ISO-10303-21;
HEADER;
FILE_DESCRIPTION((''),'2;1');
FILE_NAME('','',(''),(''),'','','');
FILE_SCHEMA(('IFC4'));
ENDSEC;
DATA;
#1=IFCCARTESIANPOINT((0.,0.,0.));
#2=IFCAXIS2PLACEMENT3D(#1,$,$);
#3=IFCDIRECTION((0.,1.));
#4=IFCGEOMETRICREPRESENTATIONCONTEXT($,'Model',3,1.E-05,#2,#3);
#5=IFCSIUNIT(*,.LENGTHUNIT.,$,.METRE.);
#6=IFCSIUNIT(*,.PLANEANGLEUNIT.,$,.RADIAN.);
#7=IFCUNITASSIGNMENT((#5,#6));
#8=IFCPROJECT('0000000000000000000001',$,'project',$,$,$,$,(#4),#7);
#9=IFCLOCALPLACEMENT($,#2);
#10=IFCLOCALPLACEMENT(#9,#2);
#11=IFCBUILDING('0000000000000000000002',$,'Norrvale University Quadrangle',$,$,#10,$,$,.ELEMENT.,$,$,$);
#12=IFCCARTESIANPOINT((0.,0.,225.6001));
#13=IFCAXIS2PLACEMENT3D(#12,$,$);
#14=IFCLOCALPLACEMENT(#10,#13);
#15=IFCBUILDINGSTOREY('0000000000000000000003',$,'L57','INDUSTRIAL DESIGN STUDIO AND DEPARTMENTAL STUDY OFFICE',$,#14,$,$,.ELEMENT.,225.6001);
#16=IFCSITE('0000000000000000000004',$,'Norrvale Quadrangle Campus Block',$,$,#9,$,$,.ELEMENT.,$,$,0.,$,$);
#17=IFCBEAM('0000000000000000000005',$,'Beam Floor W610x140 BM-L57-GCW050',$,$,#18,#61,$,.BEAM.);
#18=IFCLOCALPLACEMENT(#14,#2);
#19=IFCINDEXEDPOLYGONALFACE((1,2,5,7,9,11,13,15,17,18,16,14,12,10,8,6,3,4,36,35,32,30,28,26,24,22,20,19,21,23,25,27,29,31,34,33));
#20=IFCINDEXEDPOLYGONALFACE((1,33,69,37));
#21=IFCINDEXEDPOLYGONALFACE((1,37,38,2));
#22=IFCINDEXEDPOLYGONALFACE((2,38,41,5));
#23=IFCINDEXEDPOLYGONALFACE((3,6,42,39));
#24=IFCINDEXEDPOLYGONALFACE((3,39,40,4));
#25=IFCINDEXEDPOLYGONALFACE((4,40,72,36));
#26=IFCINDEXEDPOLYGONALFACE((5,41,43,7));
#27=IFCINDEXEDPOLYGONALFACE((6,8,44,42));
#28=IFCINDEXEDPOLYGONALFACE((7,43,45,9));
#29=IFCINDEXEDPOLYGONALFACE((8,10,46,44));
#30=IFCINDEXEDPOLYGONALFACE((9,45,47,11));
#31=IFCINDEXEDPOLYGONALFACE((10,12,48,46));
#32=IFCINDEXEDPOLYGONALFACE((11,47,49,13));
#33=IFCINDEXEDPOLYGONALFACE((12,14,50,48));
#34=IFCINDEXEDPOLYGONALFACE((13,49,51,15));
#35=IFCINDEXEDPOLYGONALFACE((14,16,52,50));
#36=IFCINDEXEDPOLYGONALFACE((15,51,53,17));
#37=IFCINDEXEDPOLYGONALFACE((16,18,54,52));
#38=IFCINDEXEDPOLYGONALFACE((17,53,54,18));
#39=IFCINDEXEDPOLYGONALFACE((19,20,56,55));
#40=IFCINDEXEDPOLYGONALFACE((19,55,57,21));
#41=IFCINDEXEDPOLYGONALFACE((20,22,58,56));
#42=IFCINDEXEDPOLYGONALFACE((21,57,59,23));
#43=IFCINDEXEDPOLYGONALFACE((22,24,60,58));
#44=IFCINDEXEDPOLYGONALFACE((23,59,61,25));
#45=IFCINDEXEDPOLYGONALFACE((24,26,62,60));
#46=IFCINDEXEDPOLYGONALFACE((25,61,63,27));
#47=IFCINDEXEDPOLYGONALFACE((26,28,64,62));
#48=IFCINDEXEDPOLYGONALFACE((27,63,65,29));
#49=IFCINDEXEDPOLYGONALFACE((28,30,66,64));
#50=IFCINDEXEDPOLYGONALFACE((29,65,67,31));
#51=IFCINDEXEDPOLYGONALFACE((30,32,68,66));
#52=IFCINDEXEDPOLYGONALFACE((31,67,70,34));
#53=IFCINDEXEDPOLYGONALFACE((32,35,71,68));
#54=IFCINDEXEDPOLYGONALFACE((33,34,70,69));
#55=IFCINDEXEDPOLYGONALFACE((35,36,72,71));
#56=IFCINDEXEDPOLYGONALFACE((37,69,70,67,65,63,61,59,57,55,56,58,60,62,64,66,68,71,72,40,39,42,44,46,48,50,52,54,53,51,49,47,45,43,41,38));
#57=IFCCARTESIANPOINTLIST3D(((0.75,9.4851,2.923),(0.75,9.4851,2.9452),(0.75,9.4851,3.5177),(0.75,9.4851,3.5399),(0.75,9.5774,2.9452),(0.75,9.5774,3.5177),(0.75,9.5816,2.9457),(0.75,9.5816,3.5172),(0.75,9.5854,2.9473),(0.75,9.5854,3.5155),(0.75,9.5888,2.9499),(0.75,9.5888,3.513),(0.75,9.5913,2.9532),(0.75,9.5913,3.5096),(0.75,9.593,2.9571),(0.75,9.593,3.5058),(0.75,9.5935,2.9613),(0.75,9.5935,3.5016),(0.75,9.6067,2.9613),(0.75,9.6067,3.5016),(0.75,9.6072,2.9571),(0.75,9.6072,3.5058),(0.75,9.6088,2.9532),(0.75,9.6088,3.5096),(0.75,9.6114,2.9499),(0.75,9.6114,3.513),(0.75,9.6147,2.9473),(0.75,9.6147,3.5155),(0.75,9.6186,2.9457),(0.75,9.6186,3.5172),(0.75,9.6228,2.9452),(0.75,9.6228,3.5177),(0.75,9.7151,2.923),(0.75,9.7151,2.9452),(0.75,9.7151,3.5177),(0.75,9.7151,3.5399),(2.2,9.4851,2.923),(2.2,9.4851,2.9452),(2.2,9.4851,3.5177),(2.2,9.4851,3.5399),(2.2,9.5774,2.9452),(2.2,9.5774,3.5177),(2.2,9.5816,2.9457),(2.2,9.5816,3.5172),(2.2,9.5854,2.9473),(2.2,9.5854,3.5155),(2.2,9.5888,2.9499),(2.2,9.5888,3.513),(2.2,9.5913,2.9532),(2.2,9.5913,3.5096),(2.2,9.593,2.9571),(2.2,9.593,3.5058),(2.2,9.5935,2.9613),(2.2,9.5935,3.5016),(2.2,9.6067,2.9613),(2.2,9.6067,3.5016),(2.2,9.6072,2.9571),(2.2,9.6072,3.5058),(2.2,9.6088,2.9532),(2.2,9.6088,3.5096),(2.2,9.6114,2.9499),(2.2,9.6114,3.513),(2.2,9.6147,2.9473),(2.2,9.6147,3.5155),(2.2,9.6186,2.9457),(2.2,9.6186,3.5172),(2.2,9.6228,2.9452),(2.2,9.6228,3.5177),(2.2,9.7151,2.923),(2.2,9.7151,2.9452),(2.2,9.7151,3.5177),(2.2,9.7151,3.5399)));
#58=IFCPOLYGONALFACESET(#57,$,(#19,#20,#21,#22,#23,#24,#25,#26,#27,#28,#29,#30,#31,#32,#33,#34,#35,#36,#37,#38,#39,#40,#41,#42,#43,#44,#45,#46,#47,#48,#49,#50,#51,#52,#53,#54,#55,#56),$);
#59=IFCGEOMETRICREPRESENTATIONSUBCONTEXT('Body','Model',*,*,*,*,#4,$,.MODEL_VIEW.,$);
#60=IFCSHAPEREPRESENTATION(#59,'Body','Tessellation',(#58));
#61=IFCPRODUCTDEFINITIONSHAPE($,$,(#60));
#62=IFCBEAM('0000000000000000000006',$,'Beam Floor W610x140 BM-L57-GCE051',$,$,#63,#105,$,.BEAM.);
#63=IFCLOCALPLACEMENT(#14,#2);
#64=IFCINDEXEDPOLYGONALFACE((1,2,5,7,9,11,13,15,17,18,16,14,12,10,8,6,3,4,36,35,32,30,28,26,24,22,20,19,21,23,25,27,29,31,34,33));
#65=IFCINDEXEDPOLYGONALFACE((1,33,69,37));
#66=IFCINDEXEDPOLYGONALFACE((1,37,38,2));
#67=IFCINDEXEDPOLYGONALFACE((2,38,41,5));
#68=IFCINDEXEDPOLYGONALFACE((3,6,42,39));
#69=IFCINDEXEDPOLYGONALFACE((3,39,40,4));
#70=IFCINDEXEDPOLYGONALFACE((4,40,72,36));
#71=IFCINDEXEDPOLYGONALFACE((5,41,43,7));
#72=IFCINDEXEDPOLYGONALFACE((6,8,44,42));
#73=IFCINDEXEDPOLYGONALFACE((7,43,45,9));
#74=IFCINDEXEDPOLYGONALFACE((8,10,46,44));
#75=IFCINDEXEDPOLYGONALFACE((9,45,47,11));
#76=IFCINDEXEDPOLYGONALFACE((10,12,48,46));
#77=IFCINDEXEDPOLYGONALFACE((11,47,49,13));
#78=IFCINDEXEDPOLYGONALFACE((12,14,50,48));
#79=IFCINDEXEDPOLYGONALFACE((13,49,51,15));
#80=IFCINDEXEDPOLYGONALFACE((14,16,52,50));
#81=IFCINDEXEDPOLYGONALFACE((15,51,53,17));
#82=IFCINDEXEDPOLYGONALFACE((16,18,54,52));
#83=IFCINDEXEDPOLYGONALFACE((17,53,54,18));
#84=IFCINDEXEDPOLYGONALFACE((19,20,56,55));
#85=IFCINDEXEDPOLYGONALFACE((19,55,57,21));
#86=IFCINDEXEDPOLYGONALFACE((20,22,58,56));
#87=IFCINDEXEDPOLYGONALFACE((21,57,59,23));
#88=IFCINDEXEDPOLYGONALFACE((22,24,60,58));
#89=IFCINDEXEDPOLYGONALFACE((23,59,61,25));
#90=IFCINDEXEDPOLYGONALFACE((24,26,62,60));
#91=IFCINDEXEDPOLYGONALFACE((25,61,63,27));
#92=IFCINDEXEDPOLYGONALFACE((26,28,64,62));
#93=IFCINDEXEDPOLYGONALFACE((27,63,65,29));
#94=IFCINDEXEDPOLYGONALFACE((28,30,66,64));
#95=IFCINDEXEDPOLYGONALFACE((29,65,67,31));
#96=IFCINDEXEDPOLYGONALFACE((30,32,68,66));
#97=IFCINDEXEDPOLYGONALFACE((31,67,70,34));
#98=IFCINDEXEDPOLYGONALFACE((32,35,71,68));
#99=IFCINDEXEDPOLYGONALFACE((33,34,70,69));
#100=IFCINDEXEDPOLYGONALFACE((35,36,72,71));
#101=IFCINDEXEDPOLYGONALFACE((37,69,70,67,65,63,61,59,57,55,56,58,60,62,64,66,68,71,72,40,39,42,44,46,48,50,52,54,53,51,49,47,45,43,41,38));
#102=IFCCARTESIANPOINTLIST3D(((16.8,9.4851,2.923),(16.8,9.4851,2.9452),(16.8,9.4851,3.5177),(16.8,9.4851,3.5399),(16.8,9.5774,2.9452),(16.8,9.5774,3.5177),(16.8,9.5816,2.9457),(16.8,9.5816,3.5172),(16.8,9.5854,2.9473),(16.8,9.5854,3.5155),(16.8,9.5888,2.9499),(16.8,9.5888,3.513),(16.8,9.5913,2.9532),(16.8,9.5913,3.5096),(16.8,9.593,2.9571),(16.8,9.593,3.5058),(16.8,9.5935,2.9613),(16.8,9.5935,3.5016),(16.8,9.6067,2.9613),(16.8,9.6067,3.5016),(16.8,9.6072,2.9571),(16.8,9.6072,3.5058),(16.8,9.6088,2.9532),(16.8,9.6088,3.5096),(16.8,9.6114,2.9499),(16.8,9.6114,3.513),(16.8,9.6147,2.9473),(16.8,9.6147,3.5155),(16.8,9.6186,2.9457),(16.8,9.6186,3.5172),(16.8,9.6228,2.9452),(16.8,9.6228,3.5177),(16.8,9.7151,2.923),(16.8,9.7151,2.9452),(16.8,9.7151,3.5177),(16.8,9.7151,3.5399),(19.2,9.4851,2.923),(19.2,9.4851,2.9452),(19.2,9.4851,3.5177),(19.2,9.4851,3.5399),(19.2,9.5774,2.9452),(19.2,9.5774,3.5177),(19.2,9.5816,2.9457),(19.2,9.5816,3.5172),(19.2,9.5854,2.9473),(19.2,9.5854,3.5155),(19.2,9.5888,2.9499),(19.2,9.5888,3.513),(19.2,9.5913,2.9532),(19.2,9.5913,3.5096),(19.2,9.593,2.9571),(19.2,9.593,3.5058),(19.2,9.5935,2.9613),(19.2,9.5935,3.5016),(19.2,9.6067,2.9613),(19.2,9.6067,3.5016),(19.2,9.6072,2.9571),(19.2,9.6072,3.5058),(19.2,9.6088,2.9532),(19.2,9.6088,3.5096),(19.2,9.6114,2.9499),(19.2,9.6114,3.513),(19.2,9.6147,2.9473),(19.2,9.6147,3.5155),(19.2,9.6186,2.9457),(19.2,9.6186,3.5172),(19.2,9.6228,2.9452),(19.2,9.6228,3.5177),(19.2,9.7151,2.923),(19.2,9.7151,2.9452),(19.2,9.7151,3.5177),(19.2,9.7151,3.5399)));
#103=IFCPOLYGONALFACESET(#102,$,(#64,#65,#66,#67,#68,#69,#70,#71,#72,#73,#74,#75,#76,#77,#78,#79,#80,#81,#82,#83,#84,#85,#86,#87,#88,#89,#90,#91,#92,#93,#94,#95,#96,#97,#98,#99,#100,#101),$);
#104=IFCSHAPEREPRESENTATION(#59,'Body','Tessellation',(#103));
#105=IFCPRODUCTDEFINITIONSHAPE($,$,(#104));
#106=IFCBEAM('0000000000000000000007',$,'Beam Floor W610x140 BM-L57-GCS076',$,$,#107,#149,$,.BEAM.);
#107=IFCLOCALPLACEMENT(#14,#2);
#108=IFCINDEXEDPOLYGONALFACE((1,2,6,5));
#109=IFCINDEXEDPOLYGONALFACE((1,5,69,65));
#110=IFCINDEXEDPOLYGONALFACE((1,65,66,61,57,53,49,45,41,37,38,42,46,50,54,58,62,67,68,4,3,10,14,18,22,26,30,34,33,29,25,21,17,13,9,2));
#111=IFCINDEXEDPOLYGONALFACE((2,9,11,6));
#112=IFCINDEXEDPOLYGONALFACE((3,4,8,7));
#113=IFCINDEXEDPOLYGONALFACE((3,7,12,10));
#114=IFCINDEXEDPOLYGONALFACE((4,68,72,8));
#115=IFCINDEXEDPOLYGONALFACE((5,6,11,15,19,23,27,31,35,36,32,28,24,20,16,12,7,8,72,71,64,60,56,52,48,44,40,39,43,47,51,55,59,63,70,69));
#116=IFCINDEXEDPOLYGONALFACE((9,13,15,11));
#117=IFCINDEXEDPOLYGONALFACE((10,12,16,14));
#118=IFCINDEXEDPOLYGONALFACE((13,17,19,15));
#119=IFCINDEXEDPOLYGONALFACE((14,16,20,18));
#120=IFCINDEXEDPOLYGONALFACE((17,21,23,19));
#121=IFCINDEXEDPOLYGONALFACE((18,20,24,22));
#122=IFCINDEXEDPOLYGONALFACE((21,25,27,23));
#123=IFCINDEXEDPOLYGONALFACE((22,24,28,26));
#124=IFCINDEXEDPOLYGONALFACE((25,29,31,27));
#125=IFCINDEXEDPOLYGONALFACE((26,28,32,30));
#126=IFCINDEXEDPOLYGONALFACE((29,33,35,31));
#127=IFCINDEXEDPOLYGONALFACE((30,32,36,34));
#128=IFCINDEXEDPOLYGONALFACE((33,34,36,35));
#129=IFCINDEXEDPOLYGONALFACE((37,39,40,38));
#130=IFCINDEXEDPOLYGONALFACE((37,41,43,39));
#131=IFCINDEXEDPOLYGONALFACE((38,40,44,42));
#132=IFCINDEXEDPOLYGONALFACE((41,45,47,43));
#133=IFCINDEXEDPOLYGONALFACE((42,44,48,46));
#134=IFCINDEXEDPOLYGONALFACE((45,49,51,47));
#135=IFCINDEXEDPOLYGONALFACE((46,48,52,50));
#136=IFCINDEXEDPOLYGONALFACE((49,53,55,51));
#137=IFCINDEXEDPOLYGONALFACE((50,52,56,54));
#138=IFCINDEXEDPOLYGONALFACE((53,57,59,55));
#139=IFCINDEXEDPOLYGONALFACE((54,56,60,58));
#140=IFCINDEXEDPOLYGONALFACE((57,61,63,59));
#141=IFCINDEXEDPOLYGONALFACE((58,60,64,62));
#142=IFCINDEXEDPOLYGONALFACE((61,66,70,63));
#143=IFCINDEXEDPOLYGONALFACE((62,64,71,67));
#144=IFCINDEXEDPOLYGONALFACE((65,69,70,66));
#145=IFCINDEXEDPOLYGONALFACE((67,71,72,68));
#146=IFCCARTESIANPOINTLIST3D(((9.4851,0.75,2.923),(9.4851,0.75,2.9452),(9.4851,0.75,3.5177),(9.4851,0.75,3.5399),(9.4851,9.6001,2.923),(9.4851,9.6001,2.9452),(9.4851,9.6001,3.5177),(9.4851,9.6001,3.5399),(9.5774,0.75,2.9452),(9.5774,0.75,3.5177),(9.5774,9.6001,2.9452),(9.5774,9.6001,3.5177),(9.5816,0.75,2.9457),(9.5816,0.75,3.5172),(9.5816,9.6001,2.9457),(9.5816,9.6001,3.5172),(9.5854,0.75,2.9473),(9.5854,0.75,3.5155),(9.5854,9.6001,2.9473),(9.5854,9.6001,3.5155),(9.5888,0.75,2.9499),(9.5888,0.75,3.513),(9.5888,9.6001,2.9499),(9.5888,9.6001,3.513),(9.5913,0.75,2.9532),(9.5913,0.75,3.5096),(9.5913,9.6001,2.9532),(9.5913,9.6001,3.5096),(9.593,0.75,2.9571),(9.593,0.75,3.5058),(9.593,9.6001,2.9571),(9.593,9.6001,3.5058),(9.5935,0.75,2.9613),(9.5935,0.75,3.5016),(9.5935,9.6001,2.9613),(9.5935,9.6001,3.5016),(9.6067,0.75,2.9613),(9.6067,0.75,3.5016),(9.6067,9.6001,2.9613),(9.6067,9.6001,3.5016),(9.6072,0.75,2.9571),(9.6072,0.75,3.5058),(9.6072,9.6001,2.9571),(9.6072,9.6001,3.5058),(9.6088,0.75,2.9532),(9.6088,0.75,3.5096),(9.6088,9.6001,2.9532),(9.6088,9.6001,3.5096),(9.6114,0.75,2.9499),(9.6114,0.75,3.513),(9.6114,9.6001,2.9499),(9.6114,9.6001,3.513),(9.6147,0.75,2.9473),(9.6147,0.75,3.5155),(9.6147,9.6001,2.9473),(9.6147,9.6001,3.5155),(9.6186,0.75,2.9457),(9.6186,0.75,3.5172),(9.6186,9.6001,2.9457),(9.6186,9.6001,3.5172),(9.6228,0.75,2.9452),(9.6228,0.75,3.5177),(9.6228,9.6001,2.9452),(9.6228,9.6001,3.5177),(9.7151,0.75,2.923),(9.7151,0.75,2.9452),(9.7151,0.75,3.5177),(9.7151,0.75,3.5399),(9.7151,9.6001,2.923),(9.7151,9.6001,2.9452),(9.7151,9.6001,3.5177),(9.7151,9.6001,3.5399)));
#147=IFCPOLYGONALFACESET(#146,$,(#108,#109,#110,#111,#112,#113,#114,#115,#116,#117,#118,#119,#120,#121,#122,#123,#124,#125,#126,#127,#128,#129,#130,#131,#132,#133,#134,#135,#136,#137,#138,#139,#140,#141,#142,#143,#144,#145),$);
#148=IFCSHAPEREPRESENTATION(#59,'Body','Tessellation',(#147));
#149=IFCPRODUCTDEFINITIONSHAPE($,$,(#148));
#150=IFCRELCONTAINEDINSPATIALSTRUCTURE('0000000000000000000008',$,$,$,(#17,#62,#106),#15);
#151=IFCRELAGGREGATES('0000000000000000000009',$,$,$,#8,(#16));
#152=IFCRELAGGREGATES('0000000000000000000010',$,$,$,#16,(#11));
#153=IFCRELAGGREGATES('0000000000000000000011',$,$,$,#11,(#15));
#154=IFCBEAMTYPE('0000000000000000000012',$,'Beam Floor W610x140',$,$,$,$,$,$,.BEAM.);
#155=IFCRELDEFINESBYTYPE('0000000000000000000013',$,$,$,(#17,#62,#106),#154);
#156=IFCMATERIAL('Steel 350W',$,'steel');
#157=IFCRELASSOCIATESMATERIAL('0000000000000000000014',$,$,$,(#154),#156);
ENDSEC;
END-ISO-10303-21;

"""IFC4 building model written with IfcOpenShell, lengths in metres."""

from ifc_helpers import new_model, si_unit, direction, frame, origin, origin_2d, place, context, subcontext, project, spatial, i_section, extrude, material, material_profile, profile_set, type_object, element, save


model = new_model("IFC4")

# Units and contexts
model_context = context("Model", 3, precision=1e-05, world=origin(), true_north=direction((0.0, 1.0)))
body_context = subcontext(model_context, "Body", "Model", "MODEL_VIEW")
ifc_project = project(units=[si_unit("LENGTHUNIT", "METRE"), si_unit("PLANEANGLEUNIT", "RADIAN")], contexts=[model_context])

# Site, building, storey
site_placement = place(None, origin())
site = spatial("IfcSite", under=ifc_project, at=site_placement, Name="Norrvale Quadrangle Campus Block", CompositionType="ELEMENT", RefElevation=0.0)
building_placement = place(site_placement, origin())
building = spatial("IfcBuilding", under=site, at=building_placement, Name="Norrvale University Quadrangle", CompositionType="ELEMENT")
storey_placement = place(building_placement, frame((0.0, 0.0, 225.6001)))
storey = spatial("IfcBuildingStorey", under=building, at=storey_placement, Name="L57", Description="INDUSTRIAL DESIGN STUDIO AND DEPARTMENTAL STUDY OFFICE", CompositionType="ELEMENT", Elevation=225.6001)

# Beams
ifc_material_1 = material(Name="Steel 350W", Category="steel")
ifc_material_profile_1 = material_profile(ifc_material_1, i_section(OverallWidth=0.23, OverallDepth=0.6169, WebThickness=0.0132, FlangeThickness=0.0222, FilletRadius=0.0161, at=origin_2d()), Name="Steel 350W")
ifc_profile_set_1 = profile_set([ifc_material_profile_1], Name="Steel 350W")
beam_type_1 = type_object("IfcBeamType", Name="Beam Floor W610x140", PredefinedType="BEAM", material=ifc_profile_set_1)
beam_1_placement = place(storey_placement, frame((0.75, 9.6001, 3.2314), z_axis=(1.0, 0.0, 0.0), x_axis=(0.0, 1.0, 0.0)))
element("IfcBeam", 1, at=beam_1_placement, inside=storey, type_object=beam_type_1, Name="Beam Floor W610x140 BM-L57-GCW050", PredefinedType="BEAM", context=body_context, shape_type="SweptSolid", body=[
    extrude(i_section(OverallWidth=0.23, OverallDepth=0.6169, WebThickness=0.0132, FlangeThickness=0.0222, FilletRadius=0.0161, at=origin_2d()), origin(), (0.0, 0.0, 1.0), 1.45),
])
beam_2_placement = place(storey_placement, frame((16.8, 9.6001, 3.2314), z_axis=(1.0, 0.0, 0.0), x_axis=(0.0, 1.0, 0.0)))
element("IfcBeam", 2, at=beam_2_placement, inside=storey, type_object=beam_type_1, Name="Beam Floor W610x140 BM-L57-GCE051", PredefinedType="BEAM", context=body_context, shape_type="SweptSolid", body=[
    extrude(i_section(OverallWidth=0.23, OverallDepth=0.6169, WebThickness=0.0132, FlangeThickness=0.0222, FilletRadius=0.0161, at=origin_2d()), origin(), (0.0, 0.0, 1.0), 2.3999),
])
beam_3_placement = place(storey_placement, frame((9.6001, 0.75, 3.2314), z_axis=(0.0, 1.0, 0.0), x_axis=(-1.0, 0.0, 0.0)))
element("IfcBeam", 3, at=beam_3_placement, inside=storey, type_object=beam_type_1, Name="Beam Floor W610x140 BM-L57-GCS076", PredefinedType="BEAM", context=body_context, shape_type="SweptSolid", body=[
    extrude(i_section(OverallWidth=0.23, OverallDepth=0.6169, WebThickness=0.0132, FlangeThickness=0.0222, FilletRadius=0.0161, at=origin_2d()), origin(), (0.0, 0.0, 1.0), 8.8501),
])

save(model, "model.ifc")
